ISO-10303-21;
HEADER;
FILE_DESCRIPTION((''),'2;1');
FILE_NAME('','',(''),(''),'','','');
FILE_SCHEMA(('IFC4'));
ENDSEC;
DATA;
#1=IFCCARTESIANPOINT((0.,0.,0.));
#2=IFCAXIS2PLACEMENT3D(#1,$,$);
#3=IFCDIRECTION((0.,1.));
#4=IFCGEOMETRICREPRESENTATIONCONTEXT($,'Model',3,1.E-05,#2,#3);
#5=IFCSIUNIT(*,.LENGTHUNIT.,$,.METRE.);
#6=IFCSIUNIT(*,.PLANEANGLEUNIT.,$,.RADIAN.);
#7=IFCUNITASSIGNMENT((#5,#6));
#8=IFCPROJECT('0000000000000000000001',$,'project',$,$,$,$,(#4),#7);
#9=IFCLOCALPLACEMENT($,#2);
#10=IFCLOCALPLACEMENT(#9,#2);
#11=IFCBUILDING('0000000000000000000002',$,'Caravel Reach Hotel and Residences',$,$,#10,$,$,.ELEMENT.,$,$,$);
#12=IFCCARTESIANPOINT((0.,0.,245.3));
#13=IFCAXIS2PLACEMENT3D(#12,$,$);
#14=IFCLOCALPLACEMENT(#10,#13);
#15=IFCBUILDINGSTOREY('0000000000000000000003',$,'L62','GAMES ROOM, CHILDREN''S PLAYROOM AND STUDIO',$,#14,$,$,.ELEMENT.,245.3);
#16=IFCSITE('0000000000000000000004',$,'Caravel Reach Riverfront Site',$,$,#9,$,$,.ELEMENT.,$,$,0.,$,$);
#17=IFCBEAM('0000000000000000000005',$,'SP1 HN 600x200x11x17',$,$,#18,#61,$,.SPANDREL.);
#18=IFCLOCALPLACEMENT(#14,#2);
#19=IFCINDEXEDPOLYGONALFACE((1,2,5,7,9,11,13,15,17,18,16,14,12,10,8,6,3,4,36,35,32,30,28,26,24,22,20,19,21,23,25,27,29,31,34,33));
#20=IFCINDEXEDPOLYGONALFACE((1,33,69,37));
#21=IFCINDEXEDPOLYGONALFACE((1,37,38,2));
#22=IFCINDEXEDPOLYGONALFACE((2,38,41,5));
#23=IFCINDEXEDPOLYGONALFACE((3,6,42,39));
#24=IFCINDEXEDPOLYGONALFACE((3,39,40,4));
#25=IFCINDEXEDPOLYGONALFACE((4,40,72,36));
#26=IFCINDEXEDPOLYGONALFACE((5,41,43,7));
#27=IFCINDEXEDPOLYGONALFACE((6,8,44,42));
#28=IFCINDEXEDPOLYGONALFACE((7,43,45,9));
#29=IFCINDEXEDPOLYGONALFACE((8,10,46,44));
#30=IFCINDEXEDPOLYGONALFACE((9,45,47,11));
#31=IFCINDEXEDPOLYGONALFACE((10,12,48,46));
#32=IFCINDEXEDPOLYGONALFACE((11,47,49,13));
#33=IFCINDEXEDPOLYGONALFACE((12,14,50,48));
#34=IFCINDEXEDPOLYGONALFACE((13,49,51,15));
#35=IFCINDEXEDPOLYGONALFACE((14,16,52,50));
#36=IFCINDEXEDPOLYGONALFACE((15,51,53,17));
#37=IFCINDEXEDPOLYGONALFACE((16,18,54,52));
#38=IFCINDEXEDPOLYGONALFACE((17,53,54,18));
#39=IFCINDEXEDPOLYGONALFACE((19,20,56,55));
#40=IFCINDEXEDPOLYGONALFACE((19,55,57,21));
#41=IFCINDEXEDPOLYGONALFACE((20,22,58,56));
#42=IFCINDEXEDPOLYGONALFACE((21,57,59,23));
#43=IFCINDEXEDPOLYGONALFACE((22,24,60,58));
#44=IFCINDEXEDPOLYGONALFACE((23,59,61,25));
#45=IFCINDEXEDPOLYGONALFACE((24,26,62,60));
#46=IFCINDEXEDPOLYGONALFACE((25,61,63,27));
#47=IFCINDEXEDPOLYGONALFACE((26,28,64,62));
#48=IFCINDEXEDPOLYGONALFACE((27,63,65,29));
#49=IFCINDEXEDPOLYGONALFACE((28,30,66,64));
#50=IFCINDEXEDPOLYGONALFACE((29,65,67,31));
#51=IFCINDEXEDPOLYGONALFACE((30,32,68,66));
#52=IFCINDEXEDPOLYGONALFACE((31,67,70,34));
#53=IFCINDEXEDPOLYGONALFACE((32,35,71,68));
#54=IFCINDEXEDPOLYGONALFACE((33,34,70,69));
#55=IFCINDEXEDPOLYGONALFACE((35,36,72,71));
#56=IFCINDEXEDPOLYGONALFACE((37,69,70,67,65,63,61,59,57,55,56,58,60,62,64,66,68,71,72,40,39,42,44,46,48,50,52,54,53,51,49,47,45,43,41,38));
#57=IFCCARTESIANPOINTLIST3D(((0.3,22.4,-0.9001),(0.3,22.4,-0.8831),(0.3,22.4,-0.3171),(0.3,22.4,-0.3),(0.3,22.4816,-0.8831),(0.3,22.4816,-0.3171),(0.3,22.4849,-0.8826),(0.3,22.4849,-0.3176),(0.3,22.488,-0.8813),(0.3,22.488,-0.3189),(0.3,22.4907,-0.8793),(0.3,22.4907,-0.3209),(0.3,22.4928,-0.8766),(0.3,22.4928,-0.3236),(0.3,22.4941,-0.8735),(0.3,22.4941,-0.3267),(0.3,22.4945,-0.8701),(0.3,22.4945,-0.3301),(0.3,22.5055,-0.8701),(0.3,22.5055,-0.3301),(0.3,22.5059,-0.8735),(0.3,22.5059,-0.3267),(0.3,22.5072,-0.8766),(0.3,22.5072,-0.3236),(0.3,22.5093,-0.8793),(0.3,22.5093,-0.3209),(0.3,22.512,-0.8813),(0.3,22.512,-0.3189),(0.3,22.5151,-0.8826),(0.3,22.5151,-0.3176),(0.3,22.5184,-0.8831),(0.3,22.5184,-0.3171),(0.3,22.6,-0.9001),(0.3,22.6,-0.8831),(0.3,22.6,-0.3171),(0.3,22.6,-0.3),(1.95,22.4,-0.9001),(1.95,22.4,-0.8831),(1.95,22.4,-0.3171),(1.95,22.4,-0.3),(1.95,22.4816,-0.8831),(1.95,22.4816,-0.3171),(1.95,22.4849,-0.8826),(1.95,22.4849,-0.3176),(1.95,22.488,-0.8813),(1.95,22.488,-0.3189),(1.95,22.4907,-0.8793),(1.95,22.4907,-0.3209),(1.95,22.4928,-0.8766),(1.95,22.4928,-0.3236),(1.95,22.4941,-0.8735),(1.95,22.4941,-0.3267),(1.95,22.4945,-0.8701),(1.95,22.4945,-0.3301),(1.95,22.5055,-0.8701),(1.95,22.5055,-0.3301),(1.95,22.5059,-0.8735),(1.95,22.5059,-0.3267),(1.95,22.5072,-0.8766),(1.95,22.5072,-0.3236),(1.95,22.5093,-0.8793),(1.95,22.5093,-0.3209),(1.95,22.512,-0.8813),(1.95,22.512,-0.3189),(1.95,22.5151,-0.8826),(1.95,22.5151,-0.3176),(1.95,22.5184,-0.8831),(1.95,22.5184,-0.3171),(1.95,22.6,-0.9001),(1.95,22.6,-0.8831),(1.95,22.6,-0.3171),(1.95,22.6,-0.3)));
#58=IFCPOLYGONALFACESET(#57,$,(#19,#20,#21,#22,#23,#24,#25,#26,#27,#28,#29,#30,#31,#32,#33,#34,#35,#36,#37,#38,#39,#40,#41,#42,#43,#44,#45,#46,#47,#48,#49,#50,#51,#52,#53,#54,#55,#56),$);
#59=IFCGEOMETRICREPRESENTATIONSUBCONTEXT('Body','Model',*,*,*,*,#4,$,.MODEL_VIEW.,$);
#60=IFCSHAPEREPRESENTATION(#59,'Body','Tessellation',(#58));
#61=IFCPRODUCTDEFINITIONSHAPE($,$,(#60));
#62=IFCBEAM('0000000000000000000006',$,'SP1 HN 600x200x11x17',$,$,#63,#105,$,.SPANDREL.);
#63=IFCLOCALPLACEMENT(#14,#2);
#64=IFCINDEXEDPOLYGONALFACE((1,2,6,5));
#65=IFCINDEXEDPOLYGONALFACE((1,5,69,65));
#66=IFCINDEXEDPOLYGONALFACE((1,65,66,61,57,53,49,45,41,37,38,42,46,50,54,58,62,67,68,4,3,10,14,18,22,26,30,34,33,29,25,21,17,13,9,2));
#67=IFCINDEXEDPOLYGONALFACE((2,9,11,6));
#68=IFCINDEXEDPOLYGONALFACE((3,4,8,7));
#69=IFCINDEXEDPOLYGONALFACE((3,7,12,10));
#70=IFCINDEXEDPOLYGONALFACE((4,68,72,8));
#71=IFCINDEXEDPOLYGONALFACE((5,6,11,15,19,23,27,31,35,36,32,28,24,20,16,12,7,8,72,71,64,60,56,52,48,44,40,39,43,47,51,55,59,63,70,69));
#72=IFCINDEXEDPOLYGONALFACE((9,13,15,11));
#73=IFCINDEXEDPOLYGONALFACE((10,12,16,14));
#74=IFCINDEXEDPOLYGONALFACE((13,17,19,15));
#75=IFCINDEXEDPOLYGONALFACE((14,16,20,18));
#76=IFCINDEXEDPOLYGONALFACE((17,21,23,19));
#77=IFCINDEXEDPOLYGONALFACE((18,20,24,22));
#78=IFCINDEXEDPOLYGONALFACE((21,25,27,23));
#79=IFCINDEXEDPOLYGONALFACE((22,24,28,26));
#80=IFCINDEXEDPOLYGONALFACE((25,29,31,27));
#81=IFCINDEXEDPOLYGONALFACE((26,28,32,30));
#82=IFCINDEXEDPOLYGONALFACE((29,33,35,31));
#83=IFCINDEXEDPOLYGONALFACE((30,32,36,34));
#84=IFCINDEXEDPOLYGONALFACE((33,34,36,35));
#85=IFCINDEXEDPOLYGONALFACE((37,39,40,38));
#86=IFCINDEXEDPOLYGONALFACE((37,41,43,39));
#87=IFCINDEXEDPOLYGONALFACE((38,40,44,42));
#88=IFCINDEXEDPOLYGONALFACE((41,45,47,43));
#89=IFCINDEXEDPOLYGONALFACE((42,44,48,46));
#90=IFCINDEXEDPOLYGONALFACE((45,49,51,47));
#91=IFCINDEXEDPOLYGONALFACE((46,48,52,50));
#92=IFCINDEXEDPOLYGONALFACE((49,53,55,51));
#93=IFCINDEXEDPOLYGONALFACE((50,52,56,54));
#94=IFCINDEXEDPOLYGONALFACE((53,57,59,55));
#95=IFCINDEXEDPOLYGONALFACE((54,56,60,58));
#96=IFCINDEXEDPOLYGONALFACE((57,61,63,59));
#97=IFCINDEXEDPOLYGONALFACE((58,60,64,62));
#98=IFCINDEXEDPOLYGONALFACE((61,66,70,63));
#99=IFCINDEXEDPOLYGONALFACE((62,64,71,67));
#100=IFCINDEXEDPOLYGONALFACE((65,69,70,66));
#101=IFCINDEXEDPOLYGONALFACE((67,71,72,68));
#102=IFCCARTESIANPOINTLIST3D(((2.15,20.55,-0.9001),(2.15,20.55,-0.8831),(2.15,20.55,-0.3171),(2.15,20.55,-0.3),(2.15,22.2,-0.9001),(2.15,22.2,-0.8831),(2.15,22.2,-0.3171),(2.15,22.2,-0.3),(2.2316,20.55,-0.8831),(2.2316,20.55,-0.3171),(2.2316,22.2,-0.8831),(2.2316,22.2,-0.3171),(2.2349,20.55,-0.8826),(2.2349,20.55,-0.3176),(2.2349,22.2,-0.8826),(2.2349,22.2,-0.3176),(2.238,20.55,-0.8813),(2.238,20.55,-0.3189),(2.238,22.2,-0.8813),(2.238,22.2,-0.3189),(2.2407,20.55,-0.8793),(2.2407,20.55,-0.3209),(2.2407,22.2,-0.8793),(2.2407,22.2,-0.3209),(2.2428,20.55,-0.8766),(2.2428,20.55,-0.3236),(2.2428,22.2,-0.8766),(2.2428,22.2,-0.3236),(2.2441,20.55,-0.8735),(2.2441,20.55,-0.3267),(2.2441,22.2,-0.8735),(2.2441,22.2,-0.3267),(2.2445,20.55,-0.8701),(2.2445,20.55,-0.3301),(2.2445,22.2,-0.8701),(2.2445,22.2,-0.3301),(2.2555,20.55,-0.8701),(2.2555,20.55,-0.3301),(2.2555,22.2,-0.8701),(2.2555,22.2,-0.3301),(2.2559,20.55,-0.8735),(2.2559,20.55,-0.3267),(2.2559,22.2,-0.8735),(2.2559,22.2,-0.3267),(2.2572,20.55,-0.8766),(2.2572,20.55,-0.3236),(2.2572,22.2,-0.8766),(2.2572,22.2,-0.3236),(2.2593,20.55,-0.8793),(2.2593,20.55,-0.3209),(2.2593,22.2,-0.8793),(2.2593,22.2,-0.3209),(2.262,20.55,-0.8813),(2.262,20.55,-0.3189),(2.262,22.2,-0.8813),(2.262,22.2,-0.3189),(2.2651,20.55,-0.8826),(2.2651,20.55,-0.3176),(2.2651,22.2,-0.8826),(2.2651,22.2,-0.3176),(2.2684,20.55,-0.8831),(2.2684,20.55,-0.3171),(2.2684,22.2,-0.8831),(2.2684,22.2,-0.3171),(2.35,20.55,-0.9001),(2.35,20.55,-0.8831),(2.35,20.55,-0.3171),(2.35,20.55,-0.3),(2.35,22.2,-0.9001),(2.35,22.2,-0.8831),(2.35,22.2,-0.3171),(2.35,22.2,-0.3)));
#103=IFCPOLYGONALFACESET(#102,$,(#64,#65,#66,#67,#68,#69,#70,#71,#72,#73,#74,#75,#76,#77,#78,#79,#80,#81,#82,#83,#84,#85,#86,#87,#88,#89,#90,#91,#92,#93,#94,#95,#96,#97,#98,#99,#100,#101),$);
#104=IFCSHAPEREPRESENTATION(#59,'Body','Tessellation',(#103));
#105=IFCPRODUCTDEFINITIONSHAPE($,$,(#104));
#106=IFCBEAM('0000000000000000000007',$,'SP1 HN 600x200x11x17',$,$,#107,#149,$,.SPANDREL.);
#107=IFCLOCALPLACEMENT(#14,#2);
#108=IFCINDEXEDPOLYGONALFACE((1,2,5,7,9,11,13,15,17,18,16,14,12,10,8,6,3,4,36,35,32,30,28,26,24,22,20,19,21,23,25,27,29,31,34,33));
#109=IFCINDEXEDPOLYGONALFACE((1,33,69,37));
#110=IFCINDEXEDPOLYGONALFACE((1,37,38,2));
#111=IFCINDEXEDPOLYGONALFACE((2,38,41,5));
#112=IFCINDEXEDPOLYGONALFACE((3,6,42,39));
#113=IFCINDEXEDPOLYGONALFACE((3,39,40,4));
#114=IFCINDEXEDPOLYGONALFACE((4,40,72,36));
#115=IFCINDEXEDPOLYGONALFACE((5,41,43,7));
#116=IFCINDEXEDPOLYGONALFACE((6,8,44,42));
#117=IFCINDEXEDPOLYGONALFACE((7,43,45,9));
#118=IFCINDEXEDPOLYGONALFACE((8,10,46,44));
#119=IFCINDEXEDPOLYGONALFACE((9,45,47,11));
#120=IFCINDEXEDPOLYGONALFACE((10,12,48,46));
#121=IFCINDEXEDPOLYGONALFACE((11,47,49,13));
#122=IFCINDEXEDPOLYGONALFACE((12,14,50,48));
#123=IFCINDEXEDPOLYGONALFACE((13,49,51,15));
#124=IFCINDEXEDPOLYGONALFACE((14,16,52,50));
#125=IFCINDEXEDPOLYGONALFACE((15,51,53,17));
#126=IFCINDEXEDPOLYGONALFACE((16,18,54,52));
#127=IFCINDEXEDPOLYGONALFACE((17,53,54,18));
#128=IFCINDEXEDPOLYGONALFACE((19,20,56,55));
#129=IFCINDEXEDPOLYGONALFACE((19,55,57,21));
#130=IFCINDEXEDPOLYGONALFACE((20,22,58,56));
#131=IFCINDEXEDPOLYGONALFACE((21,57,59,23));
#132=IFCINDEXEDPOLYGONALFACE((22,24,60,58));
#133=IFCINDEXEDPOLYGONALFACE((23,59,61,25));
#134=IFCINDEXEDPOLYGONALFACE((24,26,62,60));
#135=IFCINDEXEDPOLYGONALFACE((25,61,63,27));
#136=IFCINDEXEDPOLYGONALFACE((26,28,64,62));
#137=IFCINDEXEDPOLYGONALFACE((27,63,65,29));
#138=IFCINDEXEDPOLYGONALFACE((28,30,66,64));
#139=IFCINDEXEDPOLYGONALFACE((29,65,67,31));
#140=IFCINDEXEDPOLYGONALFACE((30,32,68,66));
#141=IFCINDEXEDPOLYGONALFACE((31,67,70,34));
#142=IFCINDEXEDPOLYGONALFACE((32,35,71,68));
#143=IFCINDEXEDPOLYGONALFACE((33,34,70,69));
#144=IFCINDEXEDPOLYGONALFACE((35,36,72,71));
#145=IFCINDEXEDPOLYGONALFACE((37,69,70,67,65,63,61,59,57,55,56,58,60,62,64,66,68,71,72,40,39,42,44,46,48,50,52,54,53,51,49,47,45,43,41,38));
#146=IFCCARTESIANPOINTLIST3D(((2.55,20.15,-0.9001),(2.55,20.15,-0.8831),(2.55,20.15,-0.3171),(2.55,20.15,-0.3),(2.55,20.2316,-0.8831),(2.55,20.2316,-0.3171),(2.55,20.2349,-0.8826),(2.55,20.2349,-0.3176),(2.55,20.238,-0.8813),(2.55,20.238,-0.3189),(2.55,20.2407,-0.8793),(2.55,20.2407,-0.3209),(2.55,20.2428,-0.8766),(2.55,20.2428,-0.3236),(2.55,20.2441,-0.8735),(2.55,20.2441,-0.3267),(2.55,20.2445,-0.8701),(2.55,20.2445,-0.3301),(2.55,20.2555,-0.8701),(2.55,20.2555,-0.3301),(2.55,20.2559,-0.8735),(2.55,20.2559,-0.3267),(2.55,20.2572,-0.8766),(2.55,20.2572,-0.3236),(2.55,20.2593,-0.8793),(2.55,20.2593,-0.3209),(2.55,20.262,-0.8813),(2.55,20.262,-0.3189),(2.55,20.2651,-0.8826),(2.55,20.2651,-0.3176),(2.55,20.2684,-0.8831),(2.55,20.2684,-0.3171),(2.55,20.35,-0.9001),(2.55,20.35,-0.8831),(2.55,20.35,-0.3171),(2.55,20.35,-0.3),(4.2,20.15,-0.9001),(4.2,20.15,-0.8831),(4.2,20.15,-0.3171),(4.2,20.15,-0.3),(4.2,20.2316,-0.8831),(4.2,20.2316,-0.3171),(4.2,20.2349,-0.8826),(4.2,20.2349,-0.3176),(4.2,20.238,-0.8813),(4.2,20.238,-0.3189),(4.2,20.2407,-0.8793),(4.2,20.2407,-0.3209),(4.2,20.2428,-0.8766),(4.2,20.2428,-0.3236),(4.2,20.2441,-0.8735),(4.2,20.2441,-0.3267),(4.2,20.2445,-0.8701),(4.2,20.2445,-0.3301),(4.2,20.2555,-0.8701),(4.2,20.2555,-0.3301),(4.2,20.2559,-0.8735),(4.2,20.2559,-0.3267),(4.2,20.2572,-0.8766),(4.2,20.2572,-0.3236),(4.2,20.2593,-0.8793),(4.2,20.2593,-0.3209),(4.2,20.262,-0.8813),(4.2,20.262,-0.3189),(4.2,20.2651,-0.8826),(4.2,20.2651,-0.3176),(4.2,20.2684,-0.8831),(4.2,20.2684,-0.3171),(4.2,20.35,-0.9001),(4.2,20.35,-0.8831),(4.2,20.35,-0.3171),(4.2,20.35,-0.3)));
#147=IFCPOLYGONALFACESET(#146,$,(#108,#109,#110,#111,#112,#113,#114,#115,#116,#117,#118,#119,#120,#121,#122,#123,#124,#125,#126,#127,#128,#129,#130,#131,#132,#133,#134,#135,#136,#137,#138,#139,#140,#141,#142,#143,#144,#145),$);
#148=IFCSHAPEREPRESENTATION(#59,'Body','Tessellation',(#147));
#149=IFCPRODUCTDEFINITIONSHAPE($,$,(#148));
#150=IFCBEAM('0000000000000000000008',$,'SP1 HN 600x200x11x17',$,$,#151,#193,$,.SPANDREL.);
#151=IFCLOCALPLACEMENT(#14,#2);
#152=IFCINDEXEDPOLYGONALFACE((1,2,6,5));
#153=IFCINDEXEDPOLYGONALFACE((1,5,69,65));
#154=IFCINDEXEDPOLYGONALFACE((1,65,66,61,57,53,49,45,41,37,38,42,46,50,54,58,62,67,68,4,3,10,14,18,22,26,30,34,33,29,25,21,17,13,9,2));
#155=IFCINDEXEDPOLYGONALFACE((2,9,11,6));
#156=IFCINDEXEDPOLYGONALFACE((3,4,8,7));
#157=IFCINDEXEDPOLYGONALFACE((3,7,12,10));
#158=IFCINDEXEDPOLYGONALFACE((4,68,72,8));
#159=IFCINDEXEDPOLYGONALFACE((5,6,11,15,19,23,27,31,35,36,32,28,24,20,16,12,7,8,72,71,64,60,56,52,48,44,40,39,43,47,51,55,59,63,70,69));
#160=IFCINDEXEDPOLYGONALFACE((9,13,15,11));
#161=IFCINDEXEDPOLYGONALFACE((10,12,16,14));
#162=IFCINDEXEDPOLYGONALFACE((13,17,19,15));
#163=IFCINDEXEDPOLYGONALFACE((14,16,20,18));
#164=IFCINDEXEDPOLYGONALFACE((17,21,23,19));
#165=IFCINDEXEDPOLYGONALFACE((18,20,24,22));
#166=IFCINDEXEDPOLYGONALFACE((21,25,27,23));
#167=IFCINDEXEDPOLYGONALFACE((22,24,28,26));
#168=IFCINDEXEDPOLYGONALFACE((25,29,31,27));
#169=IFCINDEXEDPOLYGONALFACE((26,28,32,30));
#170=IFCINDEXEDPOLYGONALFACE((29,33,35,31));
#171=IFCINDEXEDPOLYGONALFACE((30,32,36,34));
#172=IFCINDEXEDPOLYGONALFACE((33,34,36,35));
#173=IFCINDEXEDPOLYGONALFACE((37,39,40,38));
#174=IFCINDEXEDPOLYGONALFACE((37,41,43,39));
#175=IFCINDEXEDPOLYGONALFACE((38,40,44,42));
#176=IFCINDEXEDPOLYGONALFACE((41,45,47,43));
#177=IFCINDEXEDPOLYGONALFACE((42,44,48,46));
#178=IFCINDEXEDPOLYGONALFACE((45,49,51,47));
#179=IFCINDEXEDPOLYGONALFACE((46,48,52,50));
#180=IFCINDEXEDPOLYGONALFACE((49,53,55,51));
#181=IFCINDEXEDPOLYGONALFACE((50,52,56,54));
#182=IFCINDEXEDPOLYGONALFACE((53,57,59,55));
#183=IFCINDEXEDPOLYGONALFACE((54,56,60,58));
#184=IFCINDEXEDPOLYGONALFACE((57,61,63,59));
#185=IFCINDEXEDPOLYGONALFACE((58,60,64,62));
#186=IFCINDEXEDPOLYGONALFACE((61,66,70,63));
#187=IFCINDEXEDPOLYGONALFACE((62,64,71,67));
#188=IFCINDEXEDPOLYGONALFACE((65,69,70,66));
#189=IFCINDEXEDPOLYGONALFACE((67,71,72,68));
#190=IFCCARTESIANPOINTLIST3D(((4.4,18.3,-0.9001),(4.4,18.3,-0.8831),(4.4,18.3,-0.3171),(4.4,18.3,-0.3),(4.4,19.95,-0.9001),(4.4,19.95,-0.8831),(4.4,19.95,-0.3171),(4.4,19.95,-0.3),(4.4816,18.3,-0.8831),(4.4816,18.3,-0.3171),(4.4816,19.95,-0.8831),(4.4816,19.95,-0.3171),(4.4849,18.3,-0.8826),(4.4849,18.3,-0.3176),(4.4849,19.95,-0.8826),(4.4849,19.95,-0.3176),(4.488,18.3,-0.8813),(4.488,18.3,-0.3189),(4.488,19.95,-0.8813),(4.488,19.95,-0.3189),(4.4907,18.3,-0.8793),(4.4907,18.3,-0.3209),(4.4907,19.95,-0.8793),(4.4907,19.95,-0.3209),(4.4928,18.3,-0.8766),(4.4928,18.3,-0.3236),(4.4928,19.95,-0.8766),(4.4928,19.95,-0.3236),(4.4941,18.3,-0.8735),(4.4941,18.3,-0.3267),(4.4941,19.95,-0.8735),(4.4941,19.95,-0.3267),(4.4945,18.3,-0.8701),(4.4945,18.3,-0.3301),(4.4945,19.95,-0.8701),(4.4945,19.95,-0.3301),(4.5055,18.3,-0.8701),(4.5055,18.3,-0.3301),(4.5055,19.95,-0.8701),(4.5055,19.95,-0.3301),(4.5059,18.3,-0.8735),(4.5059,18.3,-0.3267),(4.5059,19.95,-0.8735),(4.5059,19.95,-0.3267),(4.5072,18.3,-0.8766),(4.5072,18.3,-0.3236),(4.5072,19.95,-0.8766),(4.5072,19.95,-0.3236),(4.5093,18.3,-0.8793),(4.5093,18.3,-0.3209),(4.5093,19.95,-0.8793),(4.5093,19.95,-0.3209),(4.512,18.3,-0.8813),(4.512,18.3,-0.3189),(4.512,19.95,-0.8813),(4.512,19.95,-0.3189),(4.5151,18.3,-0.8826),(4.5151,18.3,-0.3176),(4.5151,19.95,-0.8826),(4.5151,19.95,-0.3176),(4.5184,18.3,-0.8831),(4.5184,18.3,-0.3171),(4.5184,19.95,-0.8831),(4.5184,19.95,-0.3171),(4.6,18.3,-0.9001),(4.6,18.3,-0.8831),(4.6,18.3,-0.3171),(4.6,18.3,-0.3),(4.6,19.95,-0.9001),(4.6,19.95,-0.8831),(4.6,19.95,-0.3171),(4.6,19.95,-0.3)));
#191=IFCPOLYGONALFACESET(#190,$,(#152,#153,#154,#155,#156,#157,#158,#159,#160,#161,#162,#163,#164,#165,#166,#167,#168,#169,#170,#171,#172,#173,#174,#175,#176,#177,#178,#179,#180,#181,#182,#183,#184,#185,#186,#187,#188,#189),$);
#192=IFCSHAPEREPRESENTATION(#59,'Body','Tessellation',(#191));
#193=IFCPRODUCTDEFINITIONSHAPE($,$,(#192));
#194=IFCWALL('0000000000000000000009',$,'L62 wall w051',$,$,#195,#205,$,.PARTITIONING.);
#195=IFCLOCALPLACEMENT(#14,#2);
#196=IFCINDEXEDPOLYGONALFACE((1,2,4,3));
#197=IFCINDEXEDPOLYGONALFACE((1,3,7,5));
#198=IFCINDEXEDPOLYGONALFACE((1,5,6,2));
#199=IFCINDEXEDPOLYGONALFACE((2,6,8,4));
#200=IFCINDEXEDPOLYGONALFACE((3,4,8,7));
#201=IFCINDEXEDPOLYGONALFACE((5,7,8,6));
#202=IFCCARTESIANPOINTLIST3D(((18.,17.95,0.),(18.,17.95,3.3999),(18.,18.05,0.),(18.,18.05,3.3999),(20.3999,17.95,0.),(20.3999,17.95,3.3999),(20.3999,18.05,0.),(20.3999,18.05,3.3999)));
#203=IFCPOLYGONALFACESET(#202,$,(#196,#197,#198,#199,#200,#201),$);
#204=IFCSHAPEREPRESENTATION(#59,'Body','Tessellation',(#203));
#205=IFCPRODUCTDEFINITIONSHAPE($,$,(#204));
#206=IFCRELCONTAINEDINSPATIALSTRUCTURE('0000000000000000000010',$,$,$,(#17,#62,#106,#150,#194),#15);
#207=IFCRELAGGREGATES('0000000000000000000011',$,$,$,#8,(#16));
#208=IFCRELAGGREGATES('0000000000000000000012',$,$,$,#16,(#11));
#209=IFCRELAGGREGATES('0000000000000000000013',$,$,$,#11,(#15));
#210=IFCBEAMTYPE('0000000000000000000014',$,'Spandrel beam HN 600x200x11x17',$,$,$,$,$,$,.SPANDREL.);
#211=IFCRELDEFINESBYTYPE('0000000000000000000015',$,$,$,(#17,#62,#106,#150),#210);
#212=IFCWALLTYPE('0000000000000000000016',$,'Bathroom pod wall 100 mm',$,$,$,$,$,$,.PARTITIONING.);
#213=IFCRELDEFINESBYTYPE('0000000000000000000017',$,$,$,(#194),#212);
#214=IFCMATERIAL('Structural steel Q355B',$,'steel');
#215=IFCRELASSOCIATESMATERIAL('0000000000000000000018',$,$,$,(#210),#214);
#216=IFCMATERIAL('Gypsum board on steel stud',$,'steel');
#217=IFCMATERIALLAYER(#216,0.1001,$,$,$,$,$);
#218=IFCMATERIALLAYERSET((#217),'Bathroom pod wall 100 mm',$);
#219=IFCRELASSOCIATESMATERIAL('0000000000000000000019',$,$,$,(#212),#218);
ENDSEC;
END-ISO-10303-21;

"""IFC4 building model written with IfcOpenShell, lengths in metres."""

from ifc_helpers import new_model, si_unit, direction, frame, frame_2d, origin, origin_2d, place, context, subcontext, project, spatial, rectangle, i_section, extrude, material, layer, layer_set, material_profile, profile_set, type_object, element, save


model = new_model("IFC4")

# Units and contexts
model_context = context("Model", 3, precision=1e-05, world=origin(), true_north=direction((0.0, 1.0)))
body_context = subcontext(model_context, "Body", "Model", "MODEL_VIEW")
ifc_project = project(units=[si_unit("LENGTHUNIT", "METRE"), si_unit("PLANEANGLEUNIT", "RADIAN")], contexts=[model_context])

# Site, building, storey
site_placement = place(None, origin())
site = spatial("IfcSite", under=ifc_project, at=site_placement, Name="Caravel Reach Riverfront Site", CompositionType="ELEMENT", RefElevation=0.0)
building_placement = place(site_placement, origin())
building = spatial("IfcBuilding", under=site, at=building_placement, Name="Caravel Reach Hotel and Residences", CompositionType="ELEMENT")
storey_placement = place(building_placement, frame((0.0, 0.0, 245.3)))
storey = spatial("IfcBuildingStorey", under=building, at=storey_placement, Name="L62", Description="GAMES ROOM, CHILDREN'S PLAYROOM AND STUDIO", CompositionType="ELEMENT", Elevation=245.3)

# Beams
ifc_material_1 = material(Name="Structural steel Q355B", Category="steel")
ifc_material_profile_1 = material_profile(ifc_material_1, i_section(OverallWidth=0.2, OverallDepth=0.6001, WebThickness=0.011, FlangeThickness=0.0171, FilletRadius=0.0129, at=origin_2d()), Name="HN 600x200x11x17")
ifc_profile_set_1 = profile_set([ifc_material_profile_1], Name="Structural steel Q355B")
beam_type_1 = type_object("IfcBeamType", Name="Spandrel beam HN 600x200x11x17", PredefinedType="SPANDREL", material=ifc_profile_set_1)
for number, where, z_axis, x_axis, name in (
    (1, (0.3, 22.5, -0.6001), (1.0, 0.0, 0.0), (0.0, 1.0, 0.0), "SP1 HN 600x200x11x17"),
    (2, (2.25, 22.2, -0.6001), (0.0, -1.0, 0.0), (1.0, 0.0, 0.0), "SP1 HN 600x200x11x17"),
    (3, (2.55, 20.25, -0.6001), (1.0, 0.0, 0.0), (0.0, 1.0, 0.0), "SP1 HN 600x200x11x17"),
    (4, (4.5, 19.95, -0.6001), (0.0, -1.0, 0.0), (1.0, 0.0, 0.0), "SP1 HN 600x200x11x17"),
):
    element("IfcBeam", number, at=place(storey_placement, frame(where, z_axis=z_axis, x_axis=x_axis)), inside=storey, type_object=beam_type_1, Name=name, PredefinedType="SPANDREL", context=body_context, shape_type="SweptSolid", body=[
        extrude(i_section(OverallWidth=0.2, OverallDepth=0.6001, WebThickness=0.011, FlangeThickness=0.0171, FilletRadius=0.0129, at=origin_2d()), origin(), (0.0, 0.0, 1.0), 1.6499),
    ])

# Wall
ifc_material_2 = material(Name="Gypsum board on steel stud", Category="steel")
ifc_layer_1 = layer(ifc_material_2, 0.1001)
ifc_layer_set_1 = layer_set([ifc_layer_1], Name="Bathroom pod wall 100 mm")
wall_type_1 = type_object("IfcWallType", Name="Bathroom pod wall 100 mm", PredefinedType="PARTITIONING", material=ifc_layer_set_1)
for number, where, z_axis, x_axis, name in (
    (5, (18.0, 18.0, 0.0), (0.0, 0.0, 1.0), (1.0, 0.0, 0.0), "L62 wall w051"),
):
    element("IfcWall", number, at=place(storey_placement, frame(where, z_axis=z_axis, x_axis=x_axis)), inside=storey, type_object=wall_type_1, Name=name, PredefinedType="PARTITIONING", context=body_context, shape_type="SweptSolid", body=[
        extrude(rectangle(XDim=2.3999, YDim=0.1001, at=frame_2d((1.2, 0.0))), origin(), (0.0, 0.0, 1.0), 3.3999),
    ])

save(model, "model.ifc")
